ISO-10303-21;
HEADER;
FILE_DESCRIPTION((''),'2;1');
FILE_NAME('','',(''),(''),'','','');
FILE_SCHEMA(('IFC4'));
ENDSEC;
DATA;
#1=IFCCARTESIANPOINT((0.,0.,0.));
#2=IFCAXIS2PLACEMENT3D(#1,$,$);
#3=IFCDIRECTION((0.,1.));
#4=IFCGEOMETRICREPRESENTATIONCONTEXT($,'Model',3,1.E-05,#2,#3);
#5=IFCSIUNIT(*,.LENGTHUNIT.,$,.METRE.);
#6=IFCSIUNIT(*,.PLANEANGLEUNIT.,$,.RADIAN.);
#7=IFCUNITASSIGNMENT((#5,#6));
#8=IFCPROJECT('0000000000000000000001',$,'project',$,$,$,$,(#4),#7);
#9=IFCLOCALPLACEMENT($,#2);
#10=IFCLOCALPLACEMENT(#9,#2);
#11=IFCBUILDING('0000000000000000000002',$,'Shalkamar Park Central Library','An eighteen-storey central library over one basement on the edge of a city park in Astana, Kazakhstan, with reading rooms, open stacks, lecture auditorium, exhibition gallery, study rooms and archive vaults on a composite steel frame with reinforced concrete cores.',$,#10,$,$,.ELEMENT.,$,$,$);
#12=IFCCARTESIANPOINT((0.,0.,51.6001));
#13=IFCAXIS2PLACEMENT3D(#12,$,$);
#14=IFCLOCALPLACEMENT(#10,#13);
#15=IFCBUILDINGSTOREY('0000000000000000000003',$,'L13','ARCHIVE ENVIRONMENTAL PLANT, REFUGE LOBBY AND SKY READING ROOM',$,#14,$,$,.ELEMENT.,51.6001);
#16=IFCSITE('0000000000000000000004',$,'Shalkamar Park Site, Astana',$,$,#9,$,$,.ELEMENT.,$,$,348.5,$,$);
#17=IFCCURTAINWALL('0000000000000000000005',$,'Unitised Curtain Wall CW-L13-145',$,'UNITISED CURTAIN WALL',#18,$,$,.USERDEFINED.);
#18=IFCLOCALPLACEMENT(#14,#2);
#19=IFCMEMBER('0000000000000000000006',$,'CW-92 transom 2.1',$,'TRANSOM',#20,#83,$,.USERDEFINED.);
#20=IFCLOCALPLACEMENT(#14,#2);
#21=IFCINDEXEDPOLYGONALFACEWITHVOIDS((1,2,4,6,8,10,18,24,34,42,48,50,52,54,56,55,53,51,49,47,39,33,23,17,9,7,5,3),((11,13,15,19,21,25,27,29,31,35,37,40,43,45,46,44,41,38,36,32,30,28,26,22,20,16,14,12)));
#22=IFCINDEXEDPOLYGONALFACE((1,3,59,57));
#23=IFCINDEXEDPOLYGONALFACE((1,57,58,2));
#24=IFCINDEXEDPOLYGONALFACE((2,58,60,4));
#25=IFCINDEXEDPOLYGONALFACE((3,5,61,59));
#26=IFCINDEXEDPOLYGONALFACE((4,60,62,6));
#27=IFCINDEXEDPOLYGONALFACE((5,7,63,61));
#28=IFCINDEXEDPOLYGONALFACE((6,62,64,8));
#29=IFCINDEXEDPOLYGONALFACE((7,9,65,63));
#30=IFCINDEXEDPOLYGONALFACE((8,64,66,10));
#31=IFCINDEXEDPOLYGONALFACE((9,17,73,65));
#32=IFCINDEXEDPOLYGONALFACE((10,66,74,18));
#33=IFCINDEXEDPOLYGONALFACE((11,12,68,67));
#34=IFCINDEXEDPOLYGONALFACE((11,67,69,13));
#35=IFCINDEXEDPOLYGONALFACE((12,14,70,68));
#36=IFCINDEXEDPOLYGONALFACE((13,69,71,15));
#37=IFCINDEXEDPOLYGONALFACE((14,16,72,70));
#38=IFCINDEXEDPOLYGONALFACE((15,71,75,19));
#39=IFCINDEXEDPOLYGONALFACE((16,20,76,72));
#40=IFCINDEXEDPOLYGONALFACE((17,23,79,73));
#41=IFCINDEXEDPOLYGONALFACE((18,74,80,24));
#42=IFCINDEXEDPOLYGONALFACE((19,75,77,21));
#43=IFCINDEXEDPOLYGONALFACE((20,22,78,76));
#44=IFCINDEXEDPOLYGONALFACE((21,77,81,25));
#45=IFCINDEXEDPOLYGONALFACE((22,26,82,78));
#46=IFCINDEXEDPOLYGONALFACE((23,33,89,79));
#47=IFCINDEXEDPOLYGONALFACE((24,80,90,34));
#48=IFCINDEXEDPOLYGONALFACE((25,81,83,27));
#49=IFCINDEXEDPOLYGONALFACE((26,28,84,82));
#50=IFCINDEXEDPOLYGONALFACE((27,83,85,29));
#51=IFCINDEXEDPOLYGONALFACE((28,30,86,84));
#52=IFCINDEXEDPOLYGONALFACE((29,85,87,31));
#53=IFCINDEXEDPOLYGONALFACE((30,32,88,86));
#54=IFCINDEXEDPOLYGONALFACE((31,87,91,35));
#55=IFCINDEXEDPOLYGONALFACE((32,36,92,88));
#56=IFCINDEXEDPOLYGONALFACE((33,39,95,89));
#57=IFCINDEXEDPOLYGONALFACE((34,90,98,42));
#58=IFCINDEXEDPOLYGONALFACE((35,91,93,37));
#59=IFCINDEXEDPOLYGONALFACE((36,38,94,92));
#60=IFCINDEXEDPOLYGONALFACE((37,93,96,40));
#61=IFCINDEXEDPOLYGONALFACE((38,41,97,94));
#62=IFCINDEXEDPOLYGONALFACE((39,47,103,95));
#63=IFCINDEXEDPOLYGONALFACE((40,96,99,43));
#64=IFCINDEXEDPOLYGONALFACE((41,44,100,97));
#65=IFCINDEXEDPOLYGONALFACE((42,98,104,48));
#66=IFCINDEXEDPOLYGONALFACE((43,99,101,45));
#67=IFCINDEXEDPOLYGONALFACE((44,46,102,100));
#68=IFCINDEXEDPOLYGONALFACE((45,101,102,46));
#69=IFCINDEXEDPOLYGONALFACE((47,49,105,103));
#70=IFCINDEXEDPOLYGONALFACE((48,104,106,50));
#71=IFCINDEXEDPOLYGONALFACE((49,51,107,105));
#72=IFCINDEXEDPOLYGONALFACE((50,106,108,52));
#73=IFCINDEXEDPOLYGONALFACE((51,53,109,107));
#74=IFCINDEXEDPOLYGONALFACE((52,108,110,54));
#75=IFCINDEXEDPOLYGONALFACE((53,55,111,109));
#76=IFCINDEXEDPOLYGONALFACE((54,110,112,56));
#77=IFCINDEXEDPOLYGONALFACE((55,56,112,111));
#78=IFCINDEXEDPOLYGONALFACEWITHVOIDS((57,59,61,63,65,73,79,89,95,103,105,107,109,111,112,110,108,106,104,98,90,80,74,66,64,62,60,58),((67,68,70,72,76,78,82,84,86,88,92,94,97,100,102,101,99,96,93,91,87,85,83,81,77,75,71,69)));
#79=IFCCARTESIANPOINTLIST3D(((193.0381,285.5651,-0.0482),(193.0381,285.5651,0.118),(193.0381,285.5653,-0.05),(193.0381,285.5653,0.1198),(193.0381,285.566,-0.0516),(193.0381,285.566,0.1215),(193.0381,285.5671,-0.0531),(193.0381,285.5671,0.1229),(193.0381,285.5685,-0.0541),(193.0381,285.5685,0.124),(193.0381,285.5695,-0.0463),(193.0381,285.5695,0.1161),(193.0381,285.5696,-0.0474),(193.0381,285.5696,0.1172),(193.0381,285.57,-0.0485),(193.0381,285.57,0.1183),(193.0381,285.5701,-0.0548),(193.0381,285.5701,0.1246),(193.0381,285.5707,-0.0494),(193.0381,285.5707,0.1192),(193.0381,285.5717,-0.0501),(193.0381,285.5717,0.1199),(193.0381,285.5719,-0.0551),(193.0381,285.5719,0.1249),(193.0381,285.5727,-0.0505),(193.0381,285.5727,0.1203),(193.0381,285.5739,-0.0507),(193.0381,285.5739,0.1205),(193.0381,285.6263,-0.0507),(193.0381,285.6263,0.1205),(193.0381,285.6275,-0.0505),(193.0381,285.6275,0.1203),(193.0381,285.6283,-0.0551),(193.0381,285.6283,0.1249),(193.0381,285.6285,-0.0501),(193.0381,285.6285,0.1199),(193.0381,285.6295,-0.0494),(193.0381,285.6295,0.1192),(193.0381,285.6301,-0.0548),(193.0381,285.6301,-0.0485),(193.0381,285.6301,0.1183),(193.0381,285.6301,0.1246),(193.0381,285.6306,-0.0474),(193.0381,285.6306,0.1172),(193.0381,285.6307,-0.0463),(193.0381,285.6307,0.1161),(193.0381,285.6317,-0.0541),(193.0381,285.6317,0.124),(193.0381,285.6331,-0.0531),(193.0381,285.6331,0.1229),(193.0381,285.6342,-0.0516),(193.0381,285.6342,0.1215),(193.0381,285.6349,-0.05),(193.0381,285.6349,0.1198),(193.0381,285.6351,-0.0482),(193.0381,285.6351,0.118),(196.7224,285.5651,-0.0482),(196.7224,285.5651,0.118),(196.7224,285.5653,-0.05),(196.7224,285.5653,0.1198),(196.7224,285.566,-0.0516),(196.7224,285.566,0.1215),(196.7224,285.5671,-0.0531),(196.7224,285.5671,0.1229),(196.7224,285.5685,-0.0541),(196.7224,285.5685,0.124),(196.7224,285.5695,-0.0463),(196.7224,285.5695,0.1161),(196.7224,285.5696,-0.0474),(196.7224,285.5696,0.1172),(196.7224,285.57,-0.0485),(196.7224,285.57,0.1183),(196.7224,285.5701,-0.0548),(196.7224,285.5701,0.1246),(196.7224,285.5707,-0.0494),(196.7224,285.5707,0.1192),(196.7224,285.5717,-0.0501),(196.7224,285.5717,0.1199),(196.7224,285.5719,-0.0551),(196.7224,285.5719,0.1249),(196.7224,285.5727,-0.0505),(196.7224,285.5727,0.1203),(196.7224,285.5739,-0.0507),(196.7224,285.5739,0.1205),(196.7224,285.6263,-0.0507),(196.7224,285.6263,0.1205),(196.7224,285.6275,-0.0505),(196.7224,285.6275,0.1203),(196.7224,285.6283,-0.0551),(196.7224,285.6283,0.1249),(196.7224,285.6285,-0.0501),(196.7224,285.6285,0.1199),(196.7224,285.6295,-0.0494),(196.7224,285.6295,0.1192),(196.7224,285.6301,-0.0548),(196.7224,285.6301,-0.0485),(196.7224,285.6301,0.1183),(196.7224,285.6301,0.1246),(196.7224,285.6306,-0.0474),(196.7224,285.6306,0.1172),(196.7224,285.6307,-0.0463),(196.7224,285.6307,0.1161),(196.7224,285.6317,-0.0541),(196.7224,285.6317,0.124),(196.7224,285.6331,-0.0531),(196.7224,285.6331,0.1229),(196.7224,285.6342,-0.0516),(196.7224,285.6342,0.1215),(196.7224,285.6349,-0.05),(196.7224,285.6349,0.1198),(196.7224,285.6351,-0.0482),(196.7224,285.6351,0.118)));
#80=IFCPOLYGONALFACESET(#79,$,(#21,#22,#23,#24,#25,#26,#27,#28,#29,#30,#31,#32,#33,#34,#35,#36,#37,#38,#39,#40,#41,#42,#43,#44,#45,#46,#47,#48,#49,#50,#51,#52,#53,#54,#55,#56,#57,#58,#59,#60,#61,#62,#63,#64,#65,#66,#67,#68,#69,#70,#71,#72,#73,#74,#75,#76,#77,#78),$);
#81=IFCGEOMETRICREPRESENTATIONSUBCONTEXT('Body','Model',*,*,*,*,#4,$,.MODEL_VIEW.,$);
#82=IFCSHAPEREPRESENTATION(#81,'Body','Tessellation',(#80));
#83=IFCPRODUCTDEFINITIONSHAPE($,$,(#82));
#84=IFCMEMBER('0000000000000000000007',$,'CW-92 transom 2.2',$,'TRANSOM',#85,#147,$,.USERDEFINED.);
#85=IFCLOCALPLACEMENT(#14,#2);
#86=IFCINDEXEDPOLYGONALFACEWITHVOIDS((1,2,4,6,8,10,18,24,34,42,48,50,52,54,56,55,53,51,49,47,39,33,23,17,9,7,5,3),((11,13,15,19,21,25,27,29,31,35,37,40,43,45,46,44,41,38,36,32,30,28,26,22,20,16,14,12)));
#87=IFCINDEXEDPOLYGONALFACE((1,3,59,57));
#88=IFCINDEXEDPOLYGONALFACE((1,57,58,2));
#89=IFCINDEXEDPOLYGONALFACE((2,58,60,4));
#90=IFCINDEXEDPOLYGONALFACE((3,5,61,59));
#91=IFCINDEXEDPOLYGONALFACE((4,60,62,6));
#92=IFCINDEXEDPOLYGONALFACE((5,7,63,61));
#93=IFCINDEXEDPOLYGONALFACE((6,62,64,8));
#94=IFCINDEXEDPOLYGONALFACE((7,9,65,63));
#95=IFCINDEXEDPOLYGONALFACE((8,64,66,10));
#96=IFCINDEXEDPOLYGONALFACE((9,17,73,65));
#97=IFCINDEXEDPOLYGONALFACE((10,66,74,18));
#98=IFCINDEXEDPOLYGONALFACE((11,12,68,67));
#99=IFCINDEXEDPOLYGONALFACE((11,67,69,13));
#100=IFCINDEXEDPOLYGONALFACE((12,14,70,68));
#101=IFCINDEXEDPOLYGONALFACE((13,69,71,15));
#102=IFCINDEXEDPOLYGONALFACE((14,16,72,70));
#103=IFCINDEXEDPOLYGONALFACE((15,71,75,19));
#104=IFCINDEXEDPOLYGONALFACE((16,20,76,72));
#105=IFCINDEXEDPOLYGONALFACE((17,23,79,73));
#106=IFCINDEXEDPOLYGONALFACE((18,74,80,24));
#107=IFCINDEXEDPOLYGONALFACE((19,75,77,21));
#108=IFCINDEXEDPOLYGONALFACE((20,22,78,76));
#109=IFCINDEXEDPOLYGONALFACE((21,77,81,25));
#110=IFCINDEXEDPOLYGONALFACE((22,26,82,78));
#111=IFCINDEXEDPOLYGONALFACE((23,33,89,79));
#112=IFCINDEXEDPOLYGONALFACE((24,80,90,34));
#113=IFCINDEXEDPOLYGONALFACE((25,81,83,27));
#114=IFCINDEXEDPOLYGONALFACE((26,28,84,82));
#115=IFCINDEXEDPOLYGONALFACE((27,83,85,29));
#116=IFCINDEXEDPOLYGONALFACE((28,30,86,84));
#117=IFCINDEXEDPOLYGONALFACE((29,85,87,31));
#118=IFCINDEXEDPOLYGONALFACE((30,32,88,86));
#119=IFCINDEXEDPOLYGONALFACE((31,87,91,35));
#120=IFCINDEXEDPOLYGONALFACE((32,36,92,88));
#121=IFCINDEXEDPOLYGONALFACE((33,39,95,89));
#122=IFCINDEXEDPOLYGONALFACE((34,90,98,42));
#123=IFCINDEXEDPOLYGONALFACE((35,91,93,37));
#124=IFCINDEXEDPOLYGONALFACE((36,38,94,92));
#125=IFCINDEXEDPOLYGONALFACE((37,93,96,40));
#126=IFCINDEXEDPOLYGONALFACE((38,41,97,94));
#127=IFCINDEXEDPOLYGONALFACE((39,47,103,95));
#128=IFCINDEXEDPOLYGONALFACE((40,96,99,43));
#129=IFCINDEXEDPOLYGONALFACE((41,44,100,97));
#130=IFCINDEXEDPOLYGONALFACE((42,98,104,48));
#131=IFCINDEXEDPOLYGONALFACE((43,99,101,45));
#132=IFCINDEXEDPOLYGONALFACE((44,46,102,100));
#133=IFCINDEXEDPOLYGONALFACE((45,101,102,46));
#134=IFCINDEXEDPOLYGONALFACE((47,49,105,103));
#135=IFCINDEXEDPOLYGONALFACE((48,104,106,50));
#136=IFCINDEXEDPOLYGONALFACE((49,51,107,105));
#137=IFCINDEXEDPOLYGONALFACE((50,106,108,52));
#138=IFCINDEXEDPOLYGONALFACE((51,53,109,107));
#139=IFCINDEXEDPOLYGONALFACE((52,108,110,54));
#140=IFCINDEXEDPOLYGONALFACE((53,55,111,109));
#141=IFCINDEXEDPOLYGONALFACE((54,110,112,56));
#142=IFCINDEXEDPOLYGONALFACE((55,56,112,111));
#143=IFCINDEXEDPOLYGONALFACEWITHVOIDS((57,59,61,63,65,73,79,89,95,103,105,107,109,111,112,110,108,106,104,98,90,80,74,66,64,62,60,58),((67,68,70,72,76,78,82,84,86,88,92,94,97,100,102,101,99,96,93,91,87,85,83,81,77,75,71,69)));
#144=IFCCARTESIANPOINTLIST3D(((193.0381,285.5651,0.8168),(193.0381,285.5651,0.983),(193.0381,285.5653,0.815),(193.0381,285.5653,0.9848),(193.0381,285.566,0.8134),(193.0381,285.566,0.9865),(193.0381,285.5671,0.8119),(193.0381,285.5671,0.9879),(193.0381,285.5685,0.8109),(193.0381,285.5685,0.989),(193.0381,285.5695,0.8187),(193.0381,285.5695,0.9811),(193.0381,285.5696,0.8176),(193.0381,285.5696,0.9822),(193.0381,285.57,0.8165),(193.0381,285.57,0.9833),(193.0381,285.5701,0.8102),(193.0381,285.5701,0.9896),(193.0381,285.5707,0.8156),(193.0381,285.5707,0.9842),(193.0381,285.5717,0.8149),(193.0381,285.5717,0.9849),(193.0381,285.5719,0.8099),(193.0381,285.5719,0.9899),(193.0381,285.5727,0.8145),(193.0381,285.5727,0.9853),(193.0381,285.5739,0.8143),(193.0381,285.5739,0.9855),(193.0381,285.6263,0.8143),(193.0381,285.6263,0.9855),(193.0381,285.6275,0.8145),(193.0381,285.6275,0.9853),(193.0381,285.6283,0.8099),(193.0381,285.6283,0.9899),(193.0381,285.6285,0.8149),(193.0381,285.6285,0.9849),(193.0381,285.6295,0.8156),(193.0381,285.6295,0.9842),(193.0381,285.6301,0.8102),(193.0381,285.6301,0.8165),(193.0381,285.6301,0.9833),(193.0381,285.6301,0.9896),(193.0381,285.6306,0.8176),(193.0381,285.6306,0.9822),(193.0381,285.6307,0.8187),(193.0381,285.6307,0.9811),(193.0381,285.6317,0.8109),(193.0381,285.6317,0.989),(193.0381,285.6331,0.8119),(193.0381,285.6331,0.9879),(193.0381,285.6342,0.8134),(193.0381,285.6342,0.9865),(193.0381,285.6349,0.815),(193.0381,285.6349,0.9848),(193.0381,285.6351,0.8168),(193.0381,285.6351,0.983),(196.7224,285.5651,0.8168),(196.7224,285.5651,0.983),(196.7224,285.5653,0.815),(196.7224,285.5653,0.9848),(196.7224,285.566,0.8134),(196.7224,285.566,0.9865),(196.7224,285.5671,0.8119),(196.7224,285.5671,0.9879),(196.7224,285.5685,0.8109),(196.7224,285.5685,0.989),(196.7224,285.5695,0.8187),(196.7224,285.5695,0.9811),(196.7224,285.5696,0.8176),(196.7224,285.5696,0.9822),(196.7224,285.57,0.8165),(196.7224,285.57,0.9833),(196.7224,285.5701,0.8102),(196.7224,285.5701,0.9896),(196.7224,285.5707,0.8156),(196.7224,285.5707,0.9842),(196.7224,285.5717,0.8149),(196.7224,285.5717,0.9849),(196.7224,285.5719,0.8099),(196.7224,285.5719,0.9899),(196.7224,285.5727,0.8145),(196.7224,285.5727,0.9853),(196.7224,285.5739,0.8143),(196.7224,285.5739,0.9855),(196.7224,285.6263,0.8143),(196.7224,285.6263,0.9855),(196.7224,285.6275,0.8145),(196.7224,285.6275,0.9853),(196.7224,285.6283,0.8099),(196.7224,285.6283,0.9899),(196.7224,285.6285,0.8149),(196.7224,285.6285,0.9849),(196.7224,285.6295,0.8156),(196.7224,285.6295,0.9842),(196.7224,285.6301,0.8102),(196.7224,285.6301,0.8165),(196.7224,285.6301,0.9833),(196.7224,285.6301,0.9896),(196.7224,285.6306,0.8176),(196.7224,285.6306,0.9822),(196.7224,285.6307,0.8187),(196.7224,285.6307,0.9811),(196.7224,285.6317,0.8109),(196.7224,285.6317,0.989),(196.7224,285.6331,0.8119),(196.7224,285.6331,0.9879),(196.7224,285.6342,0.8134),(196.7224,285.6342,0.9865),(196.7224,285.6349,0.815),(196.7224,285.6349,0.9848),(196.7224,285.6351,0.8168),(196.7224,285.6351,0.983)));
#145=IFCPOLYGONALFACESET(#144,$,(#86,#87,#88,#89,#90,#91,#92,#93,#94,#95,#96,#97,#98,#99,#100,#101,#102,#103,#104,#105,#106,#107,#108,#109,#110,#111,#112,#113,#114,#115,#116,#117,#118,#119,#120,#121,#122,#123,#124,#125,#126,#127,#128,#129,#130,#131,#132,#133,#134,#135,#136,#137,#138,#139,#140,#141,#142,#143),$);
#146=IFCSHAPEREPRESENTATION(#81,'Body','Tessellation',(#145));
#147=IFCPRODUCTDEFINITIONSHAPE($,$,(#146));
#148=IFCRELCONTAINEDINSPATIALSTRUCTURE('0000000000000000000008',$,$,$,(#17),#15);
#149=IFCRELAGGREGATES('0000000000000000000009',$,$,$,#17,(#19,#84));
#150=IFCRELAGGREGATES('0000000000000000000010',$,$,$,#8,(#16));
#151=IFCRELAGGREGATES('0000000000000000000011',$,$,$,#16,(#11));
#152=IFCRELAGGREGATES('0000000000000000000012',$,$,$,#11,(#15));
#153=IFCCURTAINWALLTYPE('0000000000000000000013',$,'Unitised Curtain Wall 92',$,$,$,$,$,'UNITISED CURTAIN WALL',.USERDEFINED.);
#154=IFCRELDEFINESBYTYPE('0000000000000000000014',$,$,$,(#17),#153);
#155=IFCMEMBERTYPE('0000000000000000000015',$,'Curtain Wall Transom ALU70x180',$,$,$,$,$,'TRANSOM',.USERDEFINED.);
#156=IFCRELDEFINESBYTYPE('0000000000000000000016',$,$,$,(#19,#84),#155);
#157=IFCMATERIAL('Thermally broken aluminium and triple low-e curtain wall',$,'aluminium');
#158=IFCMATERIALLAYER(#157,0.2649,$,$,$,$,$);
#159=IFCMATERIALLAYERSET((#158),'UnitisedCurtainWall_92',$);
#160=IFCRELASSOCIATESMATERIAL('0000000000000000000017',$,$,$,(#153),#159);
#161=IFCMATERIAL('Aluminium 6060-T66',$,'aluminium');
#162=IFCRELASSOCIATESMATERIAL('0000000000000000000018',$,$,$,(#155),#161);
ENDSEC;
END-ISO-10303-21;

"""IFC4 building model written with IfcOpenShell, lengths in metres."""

from ifc_helpers import new_model, si_unit, direction, frame, origin, origin_2d, place, context, subcontext, project, spatial, hollow_rectangle, extrude, material, layer, layer_set, material_profile, profile_set, type_object, element, aggregate, save


model = new_model("IFC4")

# Units and contexts
model_context = context("Model", 3, precision=1e-05, world=origin(), true_north=direction((0.0, 1.0)))
body_context = subcontext(model_context, "Body", "Model", "MODEL_VIEW")
ifc_project = project(units=[si_unit("LENGTHUNIT", "METRE"), si_unit("PLANEANGLEUNIT", "RADIAN")], contexts=[model_context])

# Site, building, storey
site_placement = place(None, origin())
site = spatial("IfcSite", under=ifc_project, at=site_placement, Name="Shalkamar Park Site, Astana", CompositionType="ELEMENT", RefElevation=348.5)
building_placement = place(site_placement, origin())
building = spatial("IfcBuilding", under=site, at=building_placement, Name="Shalkamar Park Central Library", Description="An eighteen-storey central library over one basement on the edge of a city park in Astana, Kazakhstan, with reading rooms, open stacks, lecture auditorium, exhibition gallery, study rooms and archive vaults on a composite steel frame with reinforced concrete cores.", CompositionType="ELEMENT")
storey_placement = place(building_placement, frame((0.0, 0.0, 51.6001)))
storey = spatial("IfcBuildingStorey", under=building, at=storey_placement, Name="L13", Description="ARCHIVE ENVIRONMENTAL PLANT, REFUGE LOBBY AND SKY READING ROOM", CompositionType="ELEMENT", Elevation=51.6001)

# Curtain wall
ifc_material_1 = material(Name="Thermally broken aluminium and triple low-e curtain wall", Category="aluminium")
ifc_layer_1 = layer(ifc_material_1, 0.2649)
ifc_layer_set_1 = layer_set([ifc_layer_1], Name="UnitisedCurtainWall_92")
curtain_wall_type_1 = type_object("IfcCurtainWallType", Name="Unitised Curtain Wall 92", ElementType="UNITISED CURTAIN WALL", PredefinedType="USERDEFINED", material=ifc_layer_set_1)
curtain_wall_1_placement = place(storey_placement, origin())
curtain_wall_1 = element("IfcCurtainWall", 1, at=curtain_wall_1_placement, inside=storey, type_object=curtain_wall_type_1, Name="Unitised Curtain Wall CW-L13-145", ObjectType="UNITISED CURTAIN WALL", PredefinedType="USERDEFINED")
ifc_material_2 = material(Name="Aluminium 6060-T66", Category="aluminium")

# Members
ifc_material_profile_1 = material_profile(ifc_material_2, hollow_rectangle(XDim=0.0701, YDim=0.1799, WallThickness=0.0044, InnerFilletRadius=0.0044, OuterFilletRadius=0.0068, at=origin_2d()), Name="ALU 70x180x4.5")
ifc_profile_set_1 = profile_set([ifc_material_profile_1], Name="Aluminium 6060-T66")
member_type_1 = type_object("IfcMemberType", Name="Curtain Wall Transom ALU70x180", ElementType="TRANSOM", PredefinedType="USERDEFINED", material=ifc_profile_set_1)
member_1_placement = place(storey_placement, frame((193.0381, 285.6001, 0.0349), z_axis=(1.0, 0.0, 0.0), x_axis=(0.0, 1.0, 0.0)))
member_1 = element("IfcMember", 2, at=member_1_placement, type_object=member_type_1, Name="CW-92 transom 2.1", ObjectType="TRANSOM", PredefinedType="USERDEFINED", context=body_context, shape_type="SweptSolid", body=[
    extrude(hollow_rectangle(XDim=0.0701, YDim=0.1799, WallThickness=0.0044, InnerFilletRadius=0.0044, OuterFilletRadius=0.0068, at=origin_2d()), origin(), (0.0, 0.0, 1.0), 3.6843),
])
member_2_placement = place(storey_placement, frame((193.0381, 285.6001, 0.8999), z_axis=(1.0, 0.0, 0.0), x_axis=(0.0, 1.0, 0.0)))
member_2 = element("IfcMember", 3, at=member_2_placement, type_object=member_type_1, Name="CW-92 transom 2.2", ObjectType="TRANSOM", PredefinedType="USERDEFINED", context=body_context, shape_type="SweptSolid", body=[
    extrude(hollow_rectangle(XDim=0.0701, YDim=0.1799, WallThickness=0.0044, InnerFilletRadius=0.0044, OuterFilletRadius=0.0068, at=origin_2d()), origin(), (0.0, 0.0, 1.0), 3.6843),
])

aggregate(curtain_wall_1, [member_1, member_2])

save(model, "model.ifc")
